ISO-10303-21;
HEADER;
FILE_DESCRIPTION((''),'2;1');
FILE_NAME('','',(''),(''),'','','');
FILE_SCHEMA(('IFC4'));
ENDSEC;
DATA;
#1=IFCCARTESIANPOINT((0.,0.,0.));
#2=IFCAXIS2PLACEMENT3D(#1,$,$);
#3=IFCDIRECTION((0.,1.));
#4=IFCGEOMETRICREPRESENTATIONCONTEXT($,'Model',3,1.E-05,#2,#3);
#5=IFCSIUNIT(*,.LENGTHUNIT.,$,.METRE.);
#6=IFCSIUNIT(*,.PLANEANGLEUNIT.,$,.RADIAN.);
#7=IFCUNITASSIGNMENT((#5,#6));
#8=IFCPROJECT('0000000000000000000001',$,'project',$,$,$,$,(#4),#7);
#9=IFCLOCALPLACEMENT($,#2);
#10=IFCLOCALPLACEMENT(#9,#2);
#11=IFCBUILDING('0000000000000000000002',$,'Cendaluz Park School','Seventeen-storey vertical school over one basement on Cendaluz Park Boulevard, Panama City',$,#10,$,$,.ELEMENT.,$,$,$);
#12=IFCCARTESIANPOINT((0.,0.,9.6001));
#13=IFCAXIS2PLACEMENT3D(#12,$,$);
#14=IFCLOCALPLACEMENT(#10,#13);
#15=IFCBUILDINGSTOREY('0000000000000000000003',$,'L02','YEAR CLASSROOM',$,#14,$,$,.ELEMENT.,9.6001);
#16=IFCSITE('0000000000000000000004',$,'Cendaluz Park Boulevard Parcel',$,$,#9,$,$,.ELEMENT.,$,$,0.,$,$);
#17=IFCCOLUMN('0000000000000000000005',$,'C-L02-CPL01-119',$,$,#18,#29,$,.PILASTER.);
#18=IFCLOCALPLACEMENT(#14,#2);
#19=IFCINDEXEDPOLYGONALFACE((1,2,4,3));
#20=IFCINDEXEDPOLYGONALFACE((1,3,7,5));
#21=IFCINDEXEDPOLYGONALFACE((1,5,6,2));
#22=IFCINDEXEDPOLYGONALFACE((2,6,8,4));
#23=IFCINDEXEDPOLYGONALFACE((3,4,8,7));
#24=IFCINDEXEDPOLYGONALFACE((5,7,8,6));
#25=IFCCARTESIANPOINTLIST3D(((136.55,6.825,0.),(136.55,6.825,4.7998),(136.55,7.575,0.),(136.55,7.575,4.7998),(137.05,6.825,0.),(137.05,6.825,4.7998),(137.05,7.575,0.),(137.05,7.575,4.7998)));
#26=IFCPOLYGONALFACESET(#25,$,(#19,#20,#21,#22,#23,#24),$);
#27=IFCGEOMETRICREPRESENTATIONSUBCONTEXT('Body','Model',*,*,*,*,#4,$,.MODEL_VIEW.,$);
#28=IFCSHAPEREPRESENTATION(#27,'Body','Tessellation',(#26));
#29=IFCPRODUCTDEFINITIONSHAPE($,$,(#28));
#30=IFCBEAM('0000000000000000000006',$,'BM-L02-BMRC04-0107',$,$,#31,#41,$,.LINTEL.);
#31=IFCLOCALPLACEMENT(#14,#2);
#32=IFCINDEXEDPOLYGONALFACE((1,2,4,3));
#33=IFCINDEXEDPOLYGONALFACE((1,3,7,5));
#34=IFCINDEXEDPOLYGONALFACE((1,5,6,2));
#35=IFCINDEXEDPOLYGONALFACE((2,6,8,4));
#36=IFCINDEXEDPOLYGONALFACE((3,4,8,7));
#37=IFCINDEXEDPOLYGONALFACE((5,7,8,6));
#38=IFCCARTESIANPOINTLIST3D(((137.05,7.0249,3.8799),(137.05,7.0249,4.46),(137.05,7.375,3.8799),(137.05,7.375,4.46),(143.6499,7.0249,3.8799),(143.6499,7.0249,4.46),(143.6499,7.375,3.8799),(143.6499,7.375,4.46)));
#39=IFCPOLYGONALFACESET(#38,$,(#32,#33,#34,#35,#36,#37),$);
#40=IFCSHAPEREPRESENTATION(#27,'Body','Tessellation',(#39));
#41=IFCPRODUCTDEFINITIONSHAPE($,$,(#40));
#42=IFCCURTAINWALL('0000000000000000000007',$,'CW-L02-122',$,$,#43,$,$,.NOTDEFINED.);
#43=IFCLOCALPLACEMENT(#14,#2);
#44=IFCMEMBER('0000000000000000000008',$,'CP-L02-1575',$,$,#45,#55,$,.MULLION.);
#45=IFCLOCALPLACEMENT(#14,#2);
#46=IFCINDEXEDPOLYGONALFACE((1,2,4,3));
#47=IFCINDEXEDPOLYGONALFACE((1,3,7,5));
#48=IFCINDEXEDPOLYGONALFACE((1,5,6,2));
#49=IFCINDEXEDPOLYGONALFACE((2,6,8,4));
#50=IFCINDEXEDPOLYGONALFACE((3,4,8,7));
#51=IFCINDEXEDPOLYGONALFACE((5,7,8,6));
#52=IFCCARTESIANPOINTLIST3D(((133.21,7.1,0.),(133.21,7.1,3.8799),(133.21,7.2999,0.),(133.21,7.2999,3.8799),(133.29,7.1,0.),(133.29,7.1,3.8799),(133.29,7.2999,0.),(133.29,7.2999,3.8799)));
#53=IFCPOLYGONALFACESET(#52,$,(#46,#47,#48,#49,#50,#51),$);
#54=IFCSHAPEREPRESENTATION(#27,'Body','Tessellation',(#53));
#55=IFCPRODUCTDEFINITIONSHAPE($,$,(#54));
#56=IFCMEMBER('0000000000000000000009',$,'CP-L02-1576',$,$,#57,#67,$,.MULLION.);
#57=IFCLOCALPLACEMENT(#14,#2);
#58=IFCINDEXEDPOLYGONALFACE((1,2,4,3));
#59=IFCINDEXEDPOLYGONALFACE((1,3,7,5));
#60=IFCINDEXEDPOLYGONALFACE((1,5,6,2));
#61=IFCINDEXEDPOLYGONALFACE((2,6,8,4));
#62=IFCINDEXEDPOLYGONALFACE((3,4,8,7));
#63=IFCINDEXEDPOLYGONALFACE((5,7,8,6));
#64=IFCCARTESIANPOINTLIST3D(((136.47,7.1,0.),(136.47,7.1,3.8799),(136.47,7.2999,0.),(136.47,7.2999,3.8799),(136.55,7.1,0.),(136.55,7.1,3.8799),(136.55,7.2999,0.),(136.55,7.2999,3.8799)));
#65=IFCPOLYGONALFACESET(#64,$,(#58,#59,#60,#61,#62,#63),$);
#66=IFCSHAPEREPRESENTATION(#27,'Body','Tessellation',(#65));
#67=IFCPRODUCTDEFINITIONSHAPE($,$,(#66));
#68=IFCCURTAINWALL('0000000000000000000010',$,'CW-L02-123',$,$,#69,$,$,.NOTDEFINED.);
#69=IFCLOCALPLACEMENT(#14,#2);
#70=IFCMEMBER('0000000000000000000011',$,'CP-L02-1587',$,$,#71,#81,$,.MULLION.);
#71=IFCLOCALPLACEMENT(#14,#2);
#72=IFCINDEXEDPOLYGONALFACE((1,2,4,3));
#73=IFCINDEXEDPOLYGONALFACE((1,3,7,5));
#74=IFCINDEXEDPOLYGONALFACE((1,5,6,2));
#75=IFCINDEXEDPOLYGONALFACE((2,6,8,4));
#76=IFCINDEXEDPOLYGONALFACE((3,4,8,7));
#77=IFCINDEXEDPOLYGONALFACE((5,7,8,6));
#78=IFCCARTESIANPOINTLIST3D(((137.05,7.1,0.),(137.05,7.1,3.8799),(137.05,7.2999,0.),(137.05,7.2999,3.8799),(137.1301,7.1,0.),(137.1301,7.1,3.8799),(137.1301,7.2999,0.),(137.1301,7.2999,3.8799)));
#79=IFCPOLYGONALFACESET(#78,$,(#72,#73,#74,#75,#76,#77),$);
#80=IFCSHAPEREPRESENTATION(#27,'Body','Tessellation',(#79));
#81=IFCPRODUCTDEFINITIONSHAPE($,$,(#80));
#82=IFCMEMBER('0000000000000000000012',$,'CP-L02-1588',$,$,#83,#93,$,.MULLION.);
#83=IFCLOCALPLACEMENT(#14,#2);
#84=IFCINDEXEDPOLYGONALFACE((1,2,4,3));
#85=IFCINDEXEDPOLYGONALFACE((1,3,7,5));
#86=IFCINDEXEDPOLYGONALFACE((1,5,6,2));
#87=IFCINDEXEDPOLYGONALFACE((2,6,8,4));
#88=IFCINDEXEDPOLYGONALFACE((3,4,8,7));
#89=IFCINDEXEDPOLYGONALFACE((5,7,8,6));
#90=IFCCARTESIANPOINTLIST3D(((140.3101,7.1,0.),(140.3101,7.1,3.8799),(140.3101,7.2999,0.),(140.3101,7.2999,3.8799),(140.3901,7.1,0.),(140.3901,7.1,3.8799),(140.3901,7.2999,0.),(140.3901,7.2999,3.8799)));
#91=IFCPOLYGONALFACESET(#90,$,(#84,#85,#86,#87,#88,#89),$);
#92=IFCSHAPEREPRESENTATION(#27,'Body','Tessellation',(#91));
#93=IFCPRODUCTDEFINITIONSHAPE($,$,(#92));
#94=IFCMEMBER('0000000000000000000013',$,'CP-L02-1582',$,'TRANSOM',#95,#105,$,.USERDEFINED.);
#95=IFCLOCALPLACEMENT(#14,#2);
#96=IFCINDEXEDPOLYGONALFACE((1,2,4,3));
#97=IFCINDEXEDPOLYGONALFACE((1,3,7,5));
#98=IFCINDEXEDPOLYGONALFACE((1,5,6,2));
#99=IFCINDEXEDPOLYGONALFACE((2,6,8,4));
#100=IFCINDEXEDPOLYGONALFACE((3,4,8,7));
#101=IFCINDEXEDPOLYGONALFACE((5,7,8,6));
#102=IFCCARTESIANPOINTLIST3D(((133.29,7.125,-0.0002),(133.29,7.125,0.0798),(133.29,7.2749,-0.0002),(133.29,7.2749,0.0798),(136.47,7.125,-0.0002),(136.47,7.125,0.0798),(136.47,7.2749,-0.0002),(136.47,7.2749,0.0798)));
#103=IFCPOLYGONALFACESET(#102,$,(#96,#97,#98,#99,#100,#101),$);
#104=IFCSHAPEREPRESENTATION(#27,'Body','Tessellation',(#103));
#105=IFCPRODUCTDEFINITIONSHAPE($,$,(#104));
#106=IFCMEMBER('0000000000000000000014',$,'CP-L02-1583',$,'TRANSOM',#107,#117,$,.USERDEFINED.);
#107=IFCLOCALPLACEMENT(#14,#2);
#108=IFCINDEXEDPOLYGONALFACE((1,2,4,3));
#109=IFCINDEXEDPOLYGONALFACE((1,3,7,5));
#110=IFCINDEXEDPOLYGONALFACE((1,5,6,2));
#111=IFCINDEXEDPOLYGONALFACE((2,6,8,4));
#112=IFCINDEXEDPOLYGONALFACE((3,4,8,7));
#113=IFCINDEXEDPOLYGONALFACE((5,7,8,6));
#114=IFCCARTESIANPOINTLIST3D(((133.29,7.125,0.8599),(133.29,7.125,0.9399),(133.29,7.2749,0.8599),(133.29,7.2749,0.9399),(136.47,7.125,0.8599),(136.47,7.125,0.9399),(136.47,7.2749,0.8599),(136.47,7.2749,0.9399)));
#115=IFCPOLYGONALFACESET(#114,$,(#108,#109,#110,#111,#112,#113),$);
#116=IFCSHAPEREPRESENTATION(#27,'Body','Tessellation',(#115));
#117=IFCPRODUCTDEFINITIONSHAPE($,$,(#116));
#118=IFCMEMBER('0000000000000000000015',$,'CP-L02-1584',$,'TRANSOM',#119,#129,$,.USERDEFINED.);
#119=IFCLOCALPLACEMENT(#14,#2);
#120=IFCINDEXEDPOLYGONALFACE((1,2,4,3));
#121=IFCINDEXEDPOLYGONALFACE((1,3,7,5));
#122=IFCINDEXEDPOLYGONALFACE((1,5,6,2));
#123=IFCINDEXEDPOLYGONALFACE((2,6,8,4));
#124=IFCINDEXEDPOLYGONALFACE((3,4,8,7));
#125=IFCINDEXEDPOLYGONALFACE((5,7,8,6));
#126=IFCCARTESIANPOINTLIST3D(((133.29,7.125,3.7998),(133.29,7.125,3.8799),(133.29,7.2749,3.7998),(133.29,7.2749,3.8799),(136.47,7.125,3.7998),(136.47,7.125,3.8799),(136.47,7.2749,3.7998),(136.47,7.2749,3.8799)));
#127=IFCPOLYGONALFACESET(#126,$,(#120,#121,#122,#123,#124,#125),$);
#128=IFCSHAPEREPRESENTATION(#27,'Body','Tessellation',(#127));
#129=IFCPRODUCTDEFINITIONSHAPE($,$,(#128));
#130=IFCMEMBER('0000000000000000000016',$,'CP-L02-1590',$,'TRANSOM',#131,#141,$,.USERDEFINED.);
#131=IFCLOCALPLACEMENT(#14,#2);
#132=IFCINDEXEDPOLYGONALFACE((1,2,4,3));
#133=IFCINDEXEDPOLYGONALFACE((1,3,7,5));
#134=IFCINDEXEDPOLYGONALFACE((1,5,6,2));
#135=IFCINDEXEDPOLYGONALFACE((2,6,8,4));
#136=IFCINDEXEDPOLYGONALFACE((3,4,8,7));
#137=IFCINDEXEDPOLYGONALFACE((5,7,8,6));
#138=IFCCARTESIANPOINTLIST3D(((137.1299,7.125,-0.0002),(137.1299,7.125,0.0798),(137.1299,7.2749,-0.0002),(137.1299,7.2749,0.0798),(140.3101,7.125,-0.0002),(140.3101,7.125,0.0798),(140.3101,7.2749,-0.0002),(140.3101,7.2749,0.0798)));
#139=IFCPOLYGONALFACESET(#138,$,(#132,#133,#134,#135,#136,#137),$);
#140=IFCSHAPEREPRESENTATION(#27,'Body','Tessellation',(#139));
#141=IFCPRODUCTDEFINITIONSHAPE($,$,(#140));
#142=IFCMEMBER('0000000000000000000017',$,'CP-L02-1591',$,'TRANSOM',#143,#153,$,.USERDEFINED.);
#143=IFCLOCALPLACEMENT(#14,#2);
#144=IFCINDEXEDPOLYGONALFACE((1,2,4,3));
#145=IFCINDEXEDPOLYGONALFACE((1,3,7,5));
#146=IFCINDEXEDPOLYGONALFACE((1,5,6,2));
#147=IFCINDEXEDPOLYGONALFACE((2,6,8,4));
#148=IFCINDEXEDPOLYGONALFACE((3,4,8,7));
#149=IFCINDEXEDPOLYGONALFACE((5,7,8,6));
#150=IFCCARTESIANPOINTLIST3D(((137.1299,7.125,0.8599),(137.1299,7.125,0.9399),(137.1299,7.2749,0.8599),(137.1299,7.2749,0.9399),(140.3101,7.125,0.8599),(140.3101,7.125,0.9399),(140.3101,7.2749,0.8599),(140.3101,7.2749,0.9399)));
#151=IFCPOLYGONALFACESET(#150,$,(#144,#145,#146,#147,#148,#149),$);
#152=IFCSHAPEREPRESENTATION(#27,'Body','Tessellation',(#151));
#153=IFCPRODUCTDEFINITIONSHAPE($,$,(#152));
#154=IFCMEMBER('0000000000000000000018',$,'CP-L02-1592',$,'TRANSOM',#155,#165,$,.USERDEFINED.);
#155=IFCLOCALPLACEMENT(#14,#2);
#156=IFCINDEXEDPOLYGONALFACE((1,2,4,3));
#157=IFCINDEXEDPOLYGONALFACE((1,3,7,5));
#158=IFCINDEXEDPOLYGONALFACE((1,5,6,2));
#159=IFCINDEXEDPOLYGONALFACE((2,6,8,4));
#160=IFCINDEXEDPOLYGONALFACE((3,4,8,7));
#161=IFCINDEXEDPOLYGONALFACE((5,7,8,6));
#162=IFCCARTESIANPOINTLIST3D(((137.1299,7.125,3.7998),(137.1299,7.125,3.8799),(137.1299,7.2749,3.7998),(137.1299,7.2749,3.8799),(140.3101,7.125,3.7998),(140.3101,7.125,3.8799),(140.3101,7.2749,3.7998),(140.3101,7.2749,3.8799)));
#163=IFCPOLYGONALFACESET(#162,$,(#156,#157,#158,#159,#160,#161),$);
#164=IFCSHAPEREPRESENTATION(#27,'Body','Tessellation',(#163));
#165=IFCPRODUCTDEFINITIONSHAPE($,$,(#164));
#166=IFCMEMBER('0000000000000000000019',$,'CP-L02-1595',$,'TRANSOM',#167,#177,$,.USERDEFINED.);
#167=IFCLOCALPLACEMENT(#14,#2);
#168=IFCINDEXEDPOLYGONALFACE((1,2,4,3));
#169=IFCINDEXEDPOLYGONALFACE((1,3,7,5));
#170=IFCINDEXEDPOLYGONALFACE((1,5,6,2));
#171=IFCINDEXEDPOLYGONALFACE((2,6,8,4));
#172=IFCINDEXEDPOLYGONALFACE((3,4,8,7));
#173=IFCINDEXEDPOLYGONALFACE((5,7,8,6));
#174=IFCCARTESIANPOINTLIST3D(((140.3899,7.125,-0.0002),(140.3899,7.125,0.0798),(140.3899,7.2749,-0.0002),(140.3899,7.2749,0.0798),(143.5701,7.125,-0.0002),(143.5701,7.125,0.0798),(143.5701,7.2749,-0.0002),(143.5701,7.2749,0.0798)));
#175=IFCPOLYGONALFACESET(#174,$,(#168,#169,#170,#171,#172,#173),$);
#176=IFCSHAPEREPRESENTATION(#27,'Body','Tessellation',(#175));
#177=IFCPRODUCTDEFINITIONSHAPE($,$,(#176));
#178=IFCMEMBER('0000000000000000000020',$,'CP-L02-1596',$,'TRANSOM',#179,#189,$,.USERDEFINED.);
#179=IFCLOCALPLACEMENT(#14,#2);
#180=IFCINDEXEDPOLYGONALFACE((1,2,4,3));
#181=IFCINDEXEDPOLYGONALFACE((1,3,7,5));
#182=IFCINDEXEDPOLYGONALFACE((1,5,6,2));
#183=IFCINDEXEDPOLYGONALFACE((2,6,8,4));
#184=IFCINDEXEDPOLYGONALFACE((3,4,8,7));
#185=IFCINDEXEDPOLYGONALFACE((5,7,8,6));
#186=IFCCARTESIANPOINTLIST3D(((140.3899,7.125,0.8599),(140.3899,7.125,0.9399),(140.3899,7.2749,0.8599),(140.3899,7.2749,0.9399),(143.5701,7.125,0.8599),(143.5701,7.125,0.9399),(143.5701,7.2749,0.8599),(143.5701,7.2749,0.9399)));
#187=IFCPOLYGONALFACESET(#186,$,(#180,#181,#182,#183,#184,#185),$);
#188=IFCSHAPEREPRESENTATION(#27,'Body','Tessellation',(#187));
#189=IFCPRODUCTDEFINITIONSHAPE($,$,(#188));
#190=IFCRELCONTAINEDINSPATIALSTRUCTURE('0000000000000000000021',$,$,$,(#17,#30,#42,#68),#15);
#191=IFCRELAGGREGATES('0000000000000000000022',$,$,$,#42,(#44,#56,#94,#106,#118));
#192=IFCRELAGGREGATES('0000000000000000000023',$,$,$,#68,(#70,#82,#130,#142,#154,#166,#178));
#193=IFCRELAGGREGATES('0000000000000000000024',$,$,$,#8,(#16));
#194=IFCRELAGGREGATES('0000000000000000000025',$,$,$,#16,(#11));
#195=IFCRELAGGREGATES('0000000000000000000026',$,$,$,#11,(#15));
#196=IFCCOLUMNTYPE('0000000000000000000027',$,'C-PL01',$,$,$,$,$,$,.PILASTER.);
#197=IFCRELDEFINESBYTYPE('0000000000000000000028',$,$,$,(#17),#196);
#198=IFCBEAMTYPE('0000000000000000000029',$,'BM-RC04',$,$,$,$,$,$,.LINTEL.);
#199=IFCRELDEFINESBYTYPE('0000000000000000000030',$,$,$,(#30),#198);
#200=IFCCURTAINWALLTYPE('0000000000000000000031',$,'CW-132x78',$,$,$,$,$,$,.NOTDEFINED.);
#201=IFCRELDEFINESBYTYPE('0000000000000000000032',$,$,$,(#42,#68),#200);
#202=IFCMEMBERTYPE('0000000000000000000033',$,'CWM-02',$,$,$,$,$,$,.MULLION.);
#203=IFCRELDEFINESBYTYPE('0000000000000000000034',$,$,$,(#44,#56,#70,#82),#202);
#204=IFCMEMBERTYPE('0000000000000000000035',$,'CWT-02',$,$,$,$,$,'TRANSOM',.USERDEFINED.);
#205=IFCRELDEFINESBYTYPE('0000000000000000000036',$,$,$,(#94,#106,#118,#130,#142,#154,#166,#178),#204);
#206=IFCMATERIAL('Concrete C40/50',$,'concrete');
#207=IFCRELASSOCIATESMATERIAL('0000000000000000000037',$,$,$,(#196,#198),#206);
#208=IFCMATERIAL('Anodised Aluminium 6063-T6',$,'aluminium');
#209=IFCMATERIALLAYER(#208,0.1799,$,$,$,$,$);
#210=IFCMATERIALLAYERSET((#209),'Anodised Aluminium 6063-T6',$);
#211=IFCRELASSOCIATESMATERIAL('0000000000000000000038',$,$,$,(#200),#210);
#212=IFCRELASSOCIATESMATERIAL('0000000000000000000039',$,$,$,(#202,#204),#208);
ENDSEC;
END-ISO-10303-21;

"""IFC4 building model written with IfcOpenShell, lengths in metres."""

from ifc_helpers import new_model, si_unit, direction, frame, origin, origin_2d, place, context, subcontext, project, spatial, rectangle, extrude, material, layer, layer_set, material_profile, profile_set, type_object, element, aggregate, save


model = new_model("IFC4")

# Units and contexts
model_context = context("Model", 3, precision=1e-05, world=origin(), true_north=direction((0.0, 1.0)))
body_context = subcontext(model_context, "Body", "Model", "MODEL_VIEW")
ifc_project = project(units=[si_unit("LENGTHUNIT", "METRE"), si_unit("PLANEANGLEUNIT", "RADIAN")], contexts=[model_context])

# Site, building, storey
site_placement = place(None, origin())
site = spatial("IfcSite", under=ifc_project, at=site_placement, Name="Cendaluz Park Boulevard Parcel", CompositionType="ELEMENT", RefElevation=0.0)
building_placement = place(site_placement, origin())
building = spatial("IfcBuilding", under=site, at=building_placement, Name="Cendaluz Park School", Description="Seventeen-storey vertical school over one basement on Cendaluz Park Boulevard, Panama City", CompositionType="ELEMENT")
storey_placement = place(building_placement, frame((0.0, 0.0, 9.6001)))
storey = spatial("IfcBuildingStorey", under=building, at=storey_placement, Name="L02", Description="YEAR CLASSROOM", CompositionType="ELEMENT", Elevation=9.6001)

# Column
ifc_material_1 = material(Name="Concrete C40/50", Category="concrete")
ifc_material_profile_1 = material_profile(ifc_material_1, rectangle(XDim=0.5, YDim=0.75, at=origin_2d()), Name="RC 500x750", Category="concrete")
ifc_profile_set_1 = profile_set([ifc_material_profile_1], Name="Concrete C40/50")
column_type = type_object("IfcColumnType", Name="C-PL01", PredefinedType="PILASTER", material=ifc_profile_set_1)
column_placement = place(storey_placement, frame((136.8, 7.2, 0.0), z_axis=(0.0, 0.0, 1.0), x_axis=(1.0, 0.0, 0.0)))
element("IfcColumn", 1, at=column_placement, inside=storey, type_object=column_type, Name="C-L02-CPL01-119", PredefinedType="PILASTER", context=body_context, shape_type="SweptSolid", body=[
    extrude(rectangle(XDim=0.5, YDim=0.75, at=origin_2d()), origin(), (0.0, 0.0, 1.0), 4.7998),
])

# Beam
ifc_material_profile_2 = material_profile(ifc_material_1, rectangle(XDim=0.3501, YDim=0.5801, at=origin_2d()), Name="RC 350x580", Category="concrete")
ifc_profile_set_2 = profile_set([ifc_material_profile_2], Name="Concrete C40/50")
beam_type = type_object("IfcBeamType", Name="BM-RC04", PredefinedType="LINTEL", material=ifc_profile_set_2)
beam_placement = place(storey_placement, frame((137.05, 7.2, 4.1699), z_axis=(1.0, 0.0, 0.0), x_axis=(0.0, 1.0, 0.0)))
element("IfcBeam", 2, at=beam_placement, inside=storey, type_object=beam_type, Name="BM-L02-BMRC04-0107", PredefinedType="LINTEL", context=body_context, shape_type="SweptSolid", body=[
    extrude(rectangle(XDim=0.3501, YDim=0.5801, at=origin_2d()), origin(), (0.0, 0.0, 1.0), 6.5999),
])

# Curtain walls, members
ifc_material_2 = material(Name="Anodised Aluminium 6063-T6", Category="aluminium")
ifc_layer_1 = layer(ifc_material_2, 0.1799)
ifc_layer_set_1 = layer_set([ifc_layer_1], Name="Anodised Aluminium 6063-T6")
curtain_wall_type = type_object("IfcCurtainWallType", Name="CW-132x78", PredefinedType="NOTDEFINED", material=ifc_layer_set_1)
curtain_wall_1_placement = place(storey_placement, origin())
curtain_wall_1 = element("IfcCurtainWall", 3, at=curtain_wall_1_placement, inside=storey, type_object=curtain_wall_type, Name="CW-L02-122", PredefinedType="NOTDEFINED")
ifc_material_profile_3 = material_profile(ifc_material_2, rectangle(XDim=0.2, YDim=0.0801, at=origin_2d()), Name="CWM 200x80", Category="aluminium")
ifc_profile_set_3 = profile_set([ifc_material_profile_3], Name="Anodised Aluminium 6063-T6")
member_type_1 = type_object("IfcMemberType", Name="CWM-02", PredefinedType="MULLION", material=ifc_profile_set_3)
member_1_placement = place(storey_placement, frame((133.25, 7.2, 0.0), z_axis=(0.0, 0.0, 1.0), x_axis=(0.0, 1.0, 0.0)))
member_1 = element("IfcMember", 4, at=member_1_placement, type_object=member_type_1, Name="CP-L02-1575", PredefinedType="MULLION", context=body_context, shape_type="SweptSolid", body=[
    extrude(rectangle(XDim=0.2, YDim=0.0801, at=origin_2d()), origin(), (0.0, 0.0, 1.0), 3.8799),
])
member_2_placement = place(storey_placement, frame((136.51, 7.2, 0.0), z_axis=(0.0, 0.0, 1.0), x_axis=(0.0, 1.0, 0.0)))
member_2 = element("IfcMember", 5, at=member_2_placement, type_object=member_type_1, Name="CP-L02-1576", PredefinedType="MULLION", context=body_context, shape_type="SweptSolid", body=[
    extrude(rectangle(XDim=0.2, YDim=0.0801, at=origin_2d()), origin(), (0.0, 0.0, 1.0), 3.8799),
])
curtain_wall_2_placement = place(storey_placement, origin())
curtain_wall_2 = element("IfcCurtainWall", 6, at=curtain_wall_2_placement, inside=storey, type_object=curtain_wall_type, Name="CW-L02-123", PredefinedType="NOTDEFINED")
member_3_placement = place(storey_placement, frame((137.0901, 7.2, 0.0), z_axis=(0.0, 0.0, 1.0), x_axis=(0.0, 1.0, 0.0)))
member_3 = element("IfcMember", 7, at=member_3_placement, type_object=member_type_1, Name="CP-L02-1587", PredefinedType="MULLION", context=body_context, shape_type="SweptSolid", body=[
    extrude(rectangle(XDim=0.2, YDim=0.0801, at=origin_2d()), origin(), (0.0, 0.0, 1.0), 3.8799),
])
member_4_placement = place(storey_placement, frame((140.3501, 7.2, 0.0), z_axis=(0.0, 0.0, 1.0), x_axis=(0.0, 1.0, 0.0)))
member_4 = element("IfcMember", 8, at=member_4_placement, type_object=member_type_1, Name="CP-L02-1588", PredefinedType="MULLION", context=body_context, shape_type="SweptSolid", body=[
    extrude(rectangle(XDim=0.2, YDim=0.0801, at=origin_2d()), origin(), (0.0, 0.0, 1.0), 3.8799),
])

# Members
ifc_material_profile_4 = material_profile(ifc_material_2, rectangle(XDim=0.1499, YDim=0.0801, at=origin_2d()), Name="CWT 150x80", Category="aluminium")
ifc_profile_set_4 = profile_set([ifc_material_profile_4], Name="Anodised Aluminium 6063-T6")
member_type_2 = type_object("IfcMemberType", Name="CWT-02", ElementType="TRANSOM", PredefinedType="USERDEFINED", material=ifc_profile_set_4)
member_5_placement = place(storey_placement, frame((133.29, 7.2, 0.0398), z_axis=(1.0, 0.0, 0.0), x_axis=(0.0, 1.0, 0.0)))
member_5 = element("IfcMember", 9, at=member_5_placement, type_object=member_type_2, Name="CP-L02-1582", ObjectType="TRANSOM", PredefinedType="USERDEFINED", context=body_context, shape_type="SweptSolid", body=[
    extrude(rectangle(XDim=0.1499, YDim=0.0801, at=origin_2d()), origin(), (0.0, 0.0, 1.0), 3.1799),
])
member_6_placement = place(storey_placement, frame((133.29, 7.2, 0.8999), z_axis=(1.0, 0.0, 0.0), x_axis=(0.0, 1.0, 0.0)))
member_6 = element("IfcMember", 10, at=member_6_placement, type_object=member_type_2, Name="CP-L02-1583", ObjectType="TRANSOM", PredefinedType="USERDEFINED", context=body_context, shape_type="SweptSolid", body=[
    extrude(rectangle(XDim=0.1499, YDim=0.0801, at=origin_2d()), origin(), (0.0, 0.0, 1.0), 3.1799),
])
member_7_placement = place(storey_placement, frame((133.29, 7.2, 3.8398), z_axis=(1.0, 0.0, 0.0), x_axis=(0.0, 1.0, 0.0)))
member_7 = element("IfcMember", 11, at=member_7_placement, type_object=member_type_2, Name="CP-L02-1584", ObjectType="TRANSOM", PredefinedType="USERDEFINED", context=body_context, shape_type="SweptSolid", body=[
    extrude(rectangle(XDim=0.1499, YDim=0.0801, at=origin_2d()), origin(), (0.0, 0.0, 1.0), 3.1799),
])
member_8_placement = place(storey_placement, frame((137.1299, 7.2, 0.0398), z_axis=(1.0, 0.0, 0.0), x_axis=(0.0, 1.0, 0.0)))
member_8 = element("IfcMember", 12, at=member_8_placement, type_object=member_type_2, Name="CP-L02-1590", ObjectType="TRANSOM", PredefinedType="USERDEFINED", context=body_context, shape_type="SweptSolid", body=[
    extrude(rectangle(XDim=0.1499, YDim=0.0801, at=origin_2d()), origin(), (0.0, 0.0, 1.0), 3.1802),
])
member_9_placement = place(storey_placement, frame((137.1299, 7.2, 0.8999), z_axis=(1.0, 0.0, 0.0), x_axis=(0.0, 1.0, 0.0)))
member_9 = element("IfcMember", 13, at=member_9_placement, type_object=member_type_2, Name="CP-L02-1591", ObjectType="TRANSOM", PredefinedType="USERDEFINED", context=body_context, shape_type="SweptSolid", body=[
    extrude(rectangle(XDim=0.1499, YDim=0.0801, at=origin_2d()), origin(), (0.0, 0.0, 1.0), 3.1802),
])
member_10_placement = place(storey_placement, frame((137.1299, 7.2, 3.8398), z_axis=(1.0, 0.0, 0.0), x_axis=(0.0, 1.0, 0.0)))
member_10 = element("IfcMember", 14, at=member_10_placement, type_object=member_type_2, Name="CP-L02-1592", ObjectType="TRANSOM", PredefinedType="USERDEFINED", context=body_context, shape_type="SweptSolid", body=[
    extrude(rectangle(XDim=0.1499, YDim=0.0801, at=origin_2d()), origin(), (0.0, 0.0, 1.0), 3.1802),
])
member_11_placement = place(storey_placement, frame((140.3899, 7.2, 0.0398), z_axis=(1.0, 0.0, 0.0), x_axis=(0.0, 1.0, 0.0)))
member_11 = element("IfcMember", 15, at=member_11_placement, type_object=member_type_2, Name="CP-L02-1595", ObjectType="TRANSOM", PredefinedType="USERDEFINED", context=body_context, shape_type="SweptSolid", body=[
    extrude(rectangle(XDim=0.1499, YDim=0.0801, at=origin_2d()), origin(), (0.0, 0.0, 1.0), 3.1802),
])
member_12_placement = place(storey_placement, frame((140.3899, 7.2, 0.8999), z_axis=(1.0, 0.0, 0.0), x_axis=(0.0, 1.0, 0.0)))
member_12 = element("IfcMember", 16, at=member_12_placement, type_object=member_type_2, Name="CP-L02-1596", ObjectType="TRANSOM", PredefinedType="USERDEFINED", context=body_context, shape_type="SweptSolid", body=[
    extrude(rectangle(XDim=0.1499, YDim=0.0801, at=origin_2d()), origin(), (0.0, 0.0, 1.0), 3.1802),
])

aggregate(curtain_wall_1, [member_1, member_2, member_5, member_6, member_7])
aggregate(curtain_wall_2, [member_3, member_4, member_8, member_9, member_10, member_11, member_12])

save(model, "model.ifc")
